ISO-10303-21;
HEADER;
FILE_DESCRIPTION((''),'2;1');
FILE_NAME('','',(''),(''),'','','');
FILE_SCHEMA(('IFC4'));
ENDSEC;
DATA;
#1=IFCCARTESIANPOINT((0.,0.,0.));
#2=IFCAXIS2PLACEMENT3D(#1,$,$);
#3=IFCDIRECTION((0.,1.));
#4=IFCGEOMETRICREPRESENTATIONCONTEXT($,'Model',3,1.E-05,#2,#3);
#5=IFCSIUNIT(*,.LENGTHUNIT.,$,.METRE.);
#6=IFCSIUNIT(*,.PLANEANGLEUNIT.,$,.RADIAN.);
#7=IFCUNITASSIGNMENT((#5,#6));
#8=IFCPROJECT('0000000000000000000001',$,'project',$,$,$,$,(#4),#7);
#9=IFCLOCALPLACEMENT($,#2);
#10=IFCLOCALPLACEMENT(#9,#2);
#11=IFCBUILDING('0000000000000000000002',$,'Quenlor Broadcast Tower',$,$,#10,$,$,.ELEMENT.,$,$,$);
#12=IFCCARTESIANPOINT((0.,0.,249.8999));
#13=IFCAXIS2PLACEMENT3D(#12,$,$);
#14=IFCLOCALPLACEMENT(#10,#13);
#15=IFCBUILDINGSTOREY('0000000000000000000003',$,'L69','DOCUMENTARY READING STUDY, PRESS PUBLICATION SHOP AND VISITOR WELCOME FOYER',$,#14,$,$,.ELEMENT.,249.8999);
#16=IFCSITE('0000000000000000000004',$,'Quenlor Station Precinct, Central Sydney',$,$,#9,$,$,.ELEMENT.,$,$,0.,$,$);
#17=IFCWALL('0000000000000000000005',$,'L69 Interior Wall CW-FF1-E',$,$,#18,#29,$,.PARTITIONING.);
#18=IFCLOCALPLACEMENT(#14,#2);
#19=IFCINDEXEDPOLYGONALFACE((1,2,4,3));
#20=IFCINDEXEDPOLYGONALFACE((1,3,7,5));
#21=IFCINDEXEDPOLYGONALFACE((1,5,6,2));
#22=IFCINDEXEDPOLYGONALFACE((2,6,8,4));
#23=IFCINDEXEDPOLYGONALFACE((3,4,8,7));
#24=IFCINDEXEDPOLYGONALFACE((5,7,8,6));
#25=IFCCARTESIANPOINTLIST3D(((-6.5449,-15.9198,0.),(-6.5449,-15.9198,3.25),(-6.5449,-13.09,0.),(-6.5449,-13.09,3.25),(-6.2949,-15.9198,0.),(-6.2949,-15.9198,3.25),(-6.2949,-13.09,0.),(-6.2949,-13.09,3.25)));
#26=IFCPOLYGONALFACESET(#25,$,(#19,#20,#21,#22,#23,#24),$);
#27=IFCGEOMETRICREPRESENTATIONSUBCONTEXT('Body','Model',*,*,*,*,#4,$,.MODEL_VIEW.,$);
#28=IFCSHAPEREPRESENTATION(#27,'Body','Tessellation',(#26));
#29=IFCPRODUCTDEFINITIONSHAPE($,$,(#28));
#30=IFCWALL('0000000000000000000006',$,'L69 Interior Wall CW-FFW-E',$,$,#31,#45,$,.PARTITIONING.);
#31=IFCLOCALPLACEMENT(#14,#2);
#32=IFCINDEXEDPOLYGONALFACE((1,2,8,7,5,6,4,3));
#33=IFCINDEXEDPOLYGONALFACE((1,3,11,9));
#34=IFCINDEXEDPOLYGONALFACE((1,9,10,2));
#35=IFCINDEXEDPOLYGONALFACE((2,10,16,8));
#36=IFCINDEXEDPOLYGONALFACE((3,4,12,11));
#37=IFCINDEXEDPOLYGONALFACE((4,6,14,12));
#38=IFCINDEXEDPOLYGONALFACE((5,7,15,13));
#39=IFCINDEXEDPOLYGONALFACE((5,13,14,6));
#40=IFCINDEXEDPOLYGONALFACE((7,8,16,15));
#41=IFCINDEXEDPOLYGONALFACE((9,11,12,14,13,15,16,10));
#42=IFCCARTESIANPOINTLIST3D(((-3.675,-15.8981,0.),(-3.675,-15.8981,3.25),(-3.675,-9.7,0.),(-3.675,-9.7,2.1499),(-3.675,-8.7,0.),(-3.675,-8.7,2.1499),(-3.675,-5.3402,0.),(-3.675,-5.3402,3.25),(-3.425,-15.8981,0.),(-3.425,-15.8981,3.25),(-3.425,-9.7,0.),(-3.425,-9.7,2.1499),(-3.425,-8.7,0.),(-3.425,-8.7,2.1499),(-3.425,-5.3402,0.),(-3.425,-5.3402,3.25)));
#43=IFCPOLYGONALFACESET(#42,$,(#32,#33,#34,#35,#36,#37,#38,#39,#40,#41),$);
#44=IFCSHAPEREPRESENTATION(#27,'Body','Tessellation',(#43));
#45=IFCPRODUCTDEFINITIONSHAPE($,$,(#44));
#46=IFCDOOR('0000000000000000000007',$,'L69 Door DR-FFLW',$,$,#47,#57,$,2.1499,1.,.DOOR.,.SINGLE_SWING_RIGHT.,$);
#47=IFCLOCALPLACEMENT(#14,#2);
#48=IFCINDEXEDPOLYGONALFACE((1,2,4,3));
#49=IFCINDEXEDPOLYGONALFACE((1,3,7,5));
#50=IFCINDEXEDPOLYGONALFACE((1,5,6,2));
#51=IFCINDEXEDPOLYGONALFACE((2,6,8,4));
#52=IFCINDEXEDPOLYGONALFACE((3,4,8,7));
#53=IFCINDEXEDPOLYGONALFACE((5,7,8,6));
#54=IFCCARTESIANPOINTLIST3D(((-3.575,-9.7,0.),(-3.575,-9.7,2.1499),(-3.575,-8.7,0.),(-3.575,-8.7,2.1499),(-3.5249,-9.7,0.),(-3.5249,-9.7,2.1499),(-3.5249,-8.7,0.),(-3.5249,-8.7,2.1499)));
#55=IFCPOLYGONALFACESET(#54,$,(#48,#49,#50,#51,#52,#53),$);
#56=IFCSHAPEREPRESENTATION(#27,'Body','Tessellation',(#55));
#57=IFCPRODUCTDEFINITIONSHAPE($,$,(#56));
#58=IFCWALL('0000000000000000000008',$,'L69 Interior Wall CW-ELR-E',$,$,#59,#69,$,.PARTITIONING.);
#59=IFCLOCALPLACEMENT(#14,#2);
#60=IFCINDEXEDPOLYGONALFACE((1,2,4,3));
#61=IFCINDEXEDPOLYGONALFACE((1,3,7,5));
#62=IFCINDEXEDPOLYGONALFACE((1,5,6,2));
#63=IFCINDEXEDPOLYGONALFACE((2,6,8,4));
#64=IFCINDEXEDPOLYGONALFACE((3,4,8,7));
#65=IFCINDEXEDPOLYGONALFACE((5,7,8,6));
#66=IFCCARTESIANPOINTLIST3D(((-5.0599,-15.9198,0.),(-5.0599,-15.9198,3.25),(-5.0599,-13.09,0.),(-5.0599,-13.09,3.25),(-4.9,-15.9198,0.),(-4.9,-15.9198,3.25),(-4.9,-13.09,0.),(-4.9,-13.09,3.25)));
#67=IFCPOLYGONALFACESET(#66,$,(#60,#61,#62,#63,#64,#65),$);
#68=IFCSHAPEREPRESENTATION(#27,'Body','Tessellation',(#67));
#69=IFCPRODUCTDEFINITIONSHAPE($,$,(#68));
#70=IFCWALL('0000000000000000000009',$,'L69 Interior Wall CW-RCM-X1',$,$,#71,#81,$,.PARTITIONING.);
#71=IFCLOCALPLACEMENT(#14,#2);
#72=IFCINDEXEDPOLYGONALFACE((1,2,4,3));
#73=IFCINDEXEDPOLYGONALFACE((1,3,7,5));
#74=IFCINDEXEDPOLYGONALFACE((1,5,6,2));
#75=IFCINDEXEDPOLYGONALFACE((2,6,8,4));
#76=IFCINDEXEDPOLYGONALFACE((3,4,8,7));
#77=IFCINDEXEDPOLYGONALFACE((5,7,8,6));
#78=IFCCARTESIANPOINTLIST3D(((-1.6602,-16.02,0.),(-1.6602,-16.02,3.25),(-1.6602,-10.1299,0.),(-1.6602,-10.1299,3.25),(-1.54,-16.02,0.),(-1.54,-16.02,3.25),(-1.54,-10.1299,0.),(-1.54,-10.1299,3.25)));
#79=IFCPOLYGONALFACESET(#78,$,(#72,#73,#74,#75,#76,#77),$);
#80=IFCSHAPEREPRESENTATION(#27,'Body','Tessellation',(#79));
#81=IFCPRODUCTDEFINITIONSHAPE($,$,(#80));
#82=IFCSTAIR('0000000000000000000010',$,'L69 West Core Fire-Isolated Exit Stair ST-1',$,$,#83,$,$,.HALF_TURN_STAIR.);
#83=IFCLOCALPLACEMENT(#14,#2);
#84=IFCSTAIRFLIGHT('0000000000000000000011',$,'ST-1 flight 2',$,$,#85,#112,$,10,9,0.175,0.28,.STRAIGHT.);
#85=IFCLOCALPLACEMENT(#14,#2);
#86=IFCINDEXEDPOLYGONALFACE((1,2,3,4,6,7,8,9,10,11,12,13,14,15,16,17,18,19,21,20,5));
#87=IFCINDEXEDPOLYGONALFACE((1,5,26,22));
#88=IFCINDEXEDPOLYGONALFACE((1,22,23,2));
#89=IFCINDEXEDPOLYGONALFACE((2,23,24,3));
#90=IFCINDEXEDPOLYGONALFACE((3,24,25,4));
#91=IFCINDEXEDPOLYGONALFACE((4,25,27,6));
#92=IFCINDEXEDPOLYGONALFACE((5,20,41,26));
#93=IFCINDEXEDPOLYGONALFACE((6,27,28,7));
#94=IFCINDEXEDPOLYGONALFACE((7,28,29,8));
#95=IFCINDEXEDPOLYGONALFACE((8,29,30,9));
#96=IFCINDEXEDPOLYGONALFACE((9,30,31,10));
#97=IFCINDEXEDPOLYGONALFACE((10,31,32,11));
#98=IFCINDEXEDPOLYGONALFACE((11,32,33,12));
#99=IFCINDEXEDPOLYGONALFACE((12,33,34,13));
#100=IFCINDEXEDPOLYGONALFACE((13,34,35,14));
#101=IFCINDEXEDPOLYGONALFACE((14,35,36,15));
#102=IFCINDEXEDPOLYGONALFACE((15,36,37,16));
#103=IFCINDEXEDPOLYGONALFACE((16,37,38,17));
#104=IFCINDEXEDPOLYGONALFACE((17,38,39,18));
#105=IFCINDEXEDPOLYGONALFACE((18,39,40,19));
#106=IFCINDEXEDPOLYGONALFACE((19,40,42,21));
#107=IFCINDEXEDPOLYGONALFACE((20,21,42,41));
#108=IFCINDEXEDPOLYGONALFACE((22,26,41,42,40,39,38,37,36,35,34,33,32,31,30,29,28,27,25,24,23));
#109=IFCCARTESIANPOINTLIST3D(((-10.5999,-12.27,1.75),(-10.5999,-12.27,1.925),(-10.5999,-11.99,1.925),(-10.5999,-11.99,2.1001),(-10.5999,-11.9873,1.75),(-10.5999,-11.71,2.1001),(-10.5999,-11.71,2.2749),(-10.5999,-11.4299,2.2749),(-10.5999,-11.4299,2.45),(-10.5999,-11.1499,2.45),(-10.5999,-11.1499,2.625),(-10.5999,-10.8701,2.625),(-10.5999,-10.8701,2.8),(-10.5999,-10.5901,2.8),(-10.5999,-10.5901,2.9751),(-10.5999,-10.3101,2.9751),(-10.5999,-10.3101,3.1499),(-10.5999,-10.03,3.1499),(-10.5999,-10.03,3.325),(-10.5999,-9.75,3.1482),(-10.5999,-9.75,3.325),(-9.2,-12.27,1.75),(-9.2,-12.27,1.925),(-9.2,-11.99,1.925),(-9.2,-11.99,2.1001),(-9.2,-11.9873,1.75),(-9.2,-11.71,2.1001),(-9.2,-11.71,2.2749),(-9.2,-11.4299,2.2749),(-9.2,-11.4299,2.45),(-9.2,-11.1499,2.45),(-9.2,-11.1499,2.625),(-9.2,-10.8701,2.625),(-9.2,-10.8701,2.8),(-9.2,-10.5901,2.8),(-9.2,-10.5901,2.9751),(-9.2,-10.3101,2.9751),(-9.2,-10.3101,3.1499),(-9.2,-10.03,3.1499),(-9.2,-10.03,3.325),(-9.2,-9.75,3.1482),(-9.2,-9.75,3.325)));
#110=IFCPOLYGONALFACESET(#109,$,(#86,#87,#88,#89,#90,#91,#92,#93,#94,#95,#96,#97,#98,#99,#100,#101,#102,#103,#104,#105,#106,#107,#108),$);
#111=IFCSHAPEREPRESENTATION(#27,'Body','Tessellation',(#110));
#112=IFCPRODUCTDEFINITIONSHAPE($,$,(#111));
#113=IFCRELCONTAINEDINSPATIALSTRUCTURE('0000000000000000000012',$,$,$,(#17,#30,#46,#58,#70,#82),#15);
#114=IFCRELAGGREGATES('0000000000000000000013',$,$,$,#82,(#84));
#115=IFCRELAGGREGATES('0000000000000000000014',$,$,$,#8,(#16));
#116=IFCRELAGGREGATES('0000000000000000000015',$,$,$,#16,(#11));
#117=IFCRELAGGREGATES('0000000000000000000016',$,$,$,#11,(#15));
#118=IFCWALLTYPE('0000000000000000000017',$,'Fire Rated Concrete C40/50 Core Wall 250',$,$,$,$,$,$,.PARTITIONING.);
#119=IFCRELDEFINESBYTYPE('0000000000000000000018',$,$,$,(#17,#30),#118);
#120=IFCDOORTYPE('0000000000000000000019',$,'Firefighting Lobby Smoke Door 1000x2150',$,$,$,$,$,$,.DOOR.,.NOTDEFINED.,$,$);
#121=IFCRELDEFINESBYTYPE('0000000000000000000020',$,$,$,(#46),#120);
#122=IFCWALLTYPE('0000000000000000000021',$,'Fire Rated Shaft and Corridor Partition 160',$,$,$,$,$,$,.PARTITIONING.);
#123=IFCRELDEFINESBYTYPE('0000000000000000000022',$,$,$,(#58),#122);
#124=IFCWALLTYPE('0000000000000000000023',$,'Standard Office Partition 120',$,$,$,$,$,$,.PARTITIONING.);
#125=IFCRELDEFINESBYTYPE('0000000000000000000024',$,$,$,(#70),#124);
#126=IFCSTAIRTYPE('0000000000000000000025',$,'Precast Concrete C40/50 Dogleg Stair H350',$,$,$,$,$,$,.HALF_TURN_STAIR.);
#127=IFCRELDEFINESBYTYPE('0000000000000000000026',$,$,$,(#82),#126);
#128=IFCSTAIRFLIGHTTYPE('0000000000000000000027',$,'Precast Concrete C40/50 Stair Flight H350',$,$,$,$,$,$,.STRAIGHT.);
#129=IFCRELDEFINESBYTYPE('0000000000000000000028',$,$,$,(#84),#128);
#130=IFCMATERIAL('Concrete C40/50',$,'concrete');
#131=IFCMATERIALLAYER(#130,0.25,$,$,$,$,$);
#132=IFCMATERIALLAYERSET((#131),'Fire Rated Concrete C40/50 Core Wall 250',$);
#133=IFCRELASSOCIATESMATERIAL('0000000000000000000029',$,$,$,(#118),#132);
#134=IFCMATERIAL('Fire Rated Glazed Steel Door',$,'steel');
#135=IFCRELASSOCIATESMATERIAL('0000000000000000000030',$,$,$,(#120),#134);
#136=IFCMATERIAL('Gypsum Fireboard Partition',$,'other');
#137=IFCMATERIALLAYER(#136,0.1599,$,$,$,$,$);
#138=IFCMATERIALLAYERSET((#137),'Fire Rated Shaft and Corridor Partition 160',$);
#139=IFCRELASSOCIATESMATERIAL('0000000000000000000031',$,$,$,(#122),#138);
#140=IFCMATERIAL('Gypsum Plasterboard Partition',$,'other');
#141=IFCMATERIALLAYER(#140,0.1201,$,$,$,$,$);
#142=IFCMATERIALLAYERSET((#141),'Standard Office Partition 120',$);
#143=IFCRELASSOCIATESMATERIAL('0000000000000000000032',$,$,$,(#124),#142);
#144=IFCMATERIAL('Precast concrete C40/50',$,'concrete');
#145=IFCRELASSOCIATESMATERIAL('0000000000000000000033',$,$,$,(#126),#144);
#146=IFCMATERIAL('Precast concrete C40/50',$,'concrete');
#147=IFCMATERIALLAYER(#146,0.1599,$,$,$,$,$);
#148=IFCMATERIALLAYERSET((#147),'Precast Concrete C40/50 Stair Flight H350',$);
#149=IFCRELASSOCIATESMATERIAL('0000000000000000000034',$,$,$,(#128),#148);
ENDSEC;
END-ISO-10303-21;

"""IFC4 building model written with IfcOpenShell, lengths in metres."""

from ifc_helpers import new_model, si_unit, direction, frame, frame_2d, origin, place, context, subcontext, project, spatial, polyline, rectangle, outline, extrude, material, layer, layer_set, type_object, element, fill, aggregate, save


model = new_model("IFC4")

# Units and contexts
model_context = context("Model", 3, precision=1e-05, world=origin(), true_north=direction((0.0, 1.0)))
body_context = subcontext(model_context, "Body", "Model", "MODEL_VIEW")
ifc_project = project(units=[si_unit("LENGTHUNIT", "METRE"), si_unit("PLANEANGLEUNIT", "RADIAN")], contexts=[model_context])

# Site, building, storey
site_placement = place(None, origin())
site = spatial("IfcSite", under=ifc_project, at=site_placement, Name="Quenlor Station Precinct, Central Sydney", CompositionType="ELEMENT", RefElevation=0.0)
building_placement = place(site_placement, origin())
building = spatial("IfcBuilding", under=site, at=building_placement, Name="Quenlor Broadcast Tower", CompositionType="ELEMENT")
storey_placement = place(building_placement, frame((0.0, 0.0, 249.8999)))
storey = spatial("IfcBuildingStorey", under=building, at=storey_placement, Name="L69", Description="DOCUMENTARY READING STUDY, PRESS PUBLICATION SHOP AND VISITOR WELCOME FOYER", CompositionType="ELEMENT", Elevation=249.8999)

# Shared definitions
ifc_material_1 = material(Name="Concrete C40/50", Category="concrete")
ifc_layer_1 = layer(ifc_material_1, 0.25)
ifc_layer_set_1 = layer_set([ifc_layer_1], Name="Fire Rated Concrete C40/50 Core Wall 250")
wall_type_1 = type_object("IfcWallType", Name="Fire Rated Concrete C40/50 Core Wall 250", PredefinedType="PARTITIONING", material=ifc_layer_set_1)

# Wall
wall_1_placement = place(storey_placement, frame((-6.4199, -15.9199, 0.0), z_axis=(0.0, 0.0, 1.0), x_axis=(0.0, 1.0, 0.0)))
element("IfcWall", 1, at=wall_1_placement, inside=storey, type_object=wall_type_1, Name="L69 Interior Wall CW-FF1-E", PredefinedType="PARTITIONING", context=body_context, shape_type="SweptSolid", body=[
    extrude(rectangle(XDim=2.8298, YDim=0.25, at=frame_2d((1.415, 0.0))), origin(), (0.0, 0.0, 1.0), 3.25),
])

# Wall, opening, door
wall_2_placement = place(storey_placement, frame((-3.55, -15.8979, 0.0), z_axis=(0.0, 0.0, 1.0), x_axis=(0.0, 1.0, 0.0)))
wall_2 = element("IfcWall", 2, at=wall_2_placement, inside=storey, type_object=wall_type_1, Name="L69 Interior Wall CW-FFW-E", PredefinedType="PARTITIONING", context=body_context, shape_type="SweptSolid", body=[
    extrude(rectangle(XDim=10.5579, YDim=0.25, at=frame_2d((5.2788, 0.0))), origin(), (0.0, 0.0, 1.0), 3.25),
])
opening_1_placement = place(wall_2_placement, frame((6.198, 0.0, 0.0)))
opening_1 = element("IfcOpeningElement", 3, at=opening_1_placement, cuts=wall_2, PredefinedType="OPENING", context=body_context, shape_type="SweptSolid", body=[
    extrude(rectangle(XDim=1.0, YDim=2.1499, at=frame_2d((0.5, 1.075))), frame((0.0, 0.135, 0.0), z_axis=(0.0, -1.0, 0.0), x_axis=(1.0, 0.0, 0.0)), (0.0, 0.0, 1.0), 0.27),
])
ifc_material_2 = material(Name="Fire Rated Glazed Steel Door", Category="steel")
door_type_1 = type_object("IfcDoorType", Name="Firefighting Lobby Smoke Door 1000x2150", OperationType="NOTDEFINED", PredefinedType="DOOR", material=ifc_material_2)
door_1_placement = place(opening_1_placement, origin())
door_1 = element("IfcDoor", 4, at=door_1_placement, inside=storey, type_object=door_type_1, Name="L69 Door DR-FFLW", OperationType="SINGLE_SWING_RIGHT", OverallHeight=2.1499, OverallWidth=1.0, PredefinedType="DOOR", context=body_context, shape_type="SweptSolid", body=[
    extrude(rectangle(XDim=1.0, YDim=2.1499, at=frame_2d((0.5, 1.075))), frame((0.0, 0.0249, 0.0), z_axis=(0.0, -1.0, 0.0), x_axis=(1.0, 0.0, 0.0)), (0.0, 0.0, 1.0), 0.05),
])
fill(opening_1, door_1)

# Wall
ifc_material_3 = material(Name="Gypsum Fireboard Partition", Category="other")
ifc_layer_2 = layer(ifc_material_3, 0.1599)
ifc_layer_set_2 = layer_set([ifc_layer_2], Name="Fire Rated Shaft and Corridor Partition 160")
wall_type_2 = type_object("IfcWallType", Name="Fire Rated Shaft and Corridor Partition 160", PredefinedType="PARTITIONING", material=ifc_layer_set_2)
wall_3_placement = place(storey_placement, frame((-4.98, -15.9199, 0.0), z_axis=(0.0, 0.0, 1.0), x_axis=(0.0, 1.0, 0.0)))
element("IfcWall", 5, at=wall_3_placement, inside=storey, type_object=wall_type_2, Name="L69 Interior Wall CW-ELR-E", PredefinedType="PARTITIONING", context=body_context, shape_type="SweptSolid", body=[
    extrude(rectangle(XDim=2.8298, YDim=0.1599, at=frame_2d((1.415, 0.0))), origin(), (0.0, 0.0, 1.0), 3.25),
])

# Shared definitions
ifc_material_4 = material(Name="Gypsum Plasterboard Partition", Category="other")
ifc_layer_3 = layer(ifc_material_4, 0.1201)
ifc_layer_set_3 = layer_set([ifc_layer_3], Name="Standard Office Partition 120")
wall_type_3 = type_object("IfcWallType", Name="Standard Office Partition 120", PredefinedType="PARTITIONING", material=ifc_layer_set_3)

# Wall
wall_4_placement = place(storey_placement, frame((-1.6001, -16.02, 0.0), z_axis=(0.0, 0.0, 1.0), x_axis=(0.0, 1.0, 0.0)))
element("IfcWall", 6, at=wall_4_placement, inside=storey, type_object=wall_type_3, Name="L69 Interior Wall CW-RCM-X1", PredefinedType="PARTITIONING", context=body_context, shape_type="SweptSolid", body=[
    extrude(rectangle(XDim=5.8901, YDim=0.1201, at=frame_2d((2.9451, 0.0))), origin(), (0.0, 0.0, 1.0), 3.25),
])

# Stair, stair flight
ifc_material_5 = material(Name="Precast concrete C40/50", Category="concrete")
stair_type = type_object("IfcStairType", Name="Precast Concrete C40/50 Dogleg Stair H350", PredefinedType="HALF_TURN_STAIR", material=ifc_material_5)
stair_placement = place(storey_placement, origin())
stair = element("IfcStair", 7, at=stair_placement, inside=storey, type_object=stair_type, Name="L69 West Core Fire-Isolated Exit Stair ST-1", PredefinedType="HALF_TURN_STAIR")
ifc_material_6 = material(Name="Precast concrete C40/50", Category="concrete")
ifc_layer_4 = layer(ifc_material_6, 0.1599)
ifc_layer_set_4 = layer_set([ifc_layer_4], Name="Precast Concrete C40/50 Stair Flight H350")
stair_flight_type = type_object("IfcStairFlightType", Name="Precast Concrete C40/50 Stair Flight H350", PredefinedType="STRAIGHT", material=ifc_layer_set_4)
stair_flight_placement = place(storey_placement, frame((-9.8999, -12.27, 1.75), z_axis=(0.0, 0.0, 1.0), x_axis=(0.0, 1.0, 0.0)))
stair_flight = element("IfcStairFlight", 8, at=stair_flight_placement, type_object=stair_flight_type, Name="ST-1 flight 2", NumberOfRisers=10, NumberOfTreads=9, PredefinedType="STRAIGHT", RiserHeight=0.175, TreadLength=0.28, context=body_context, shape_type="SweptSolid", body=[
    extrude(outline(polyline([(0.0, 0.0), (0.0, 0.175), (0.28, 0.175), (0.28, 0.3501), (0.5601, 0.3501), (0.5601, 0.5249), (0.8401, 0.5249), (0.8401, 0.7), (1.1201, 0.7), (1.1201, 0.875), (1.3999, 0.875), (1.3999, 1.05), (1.6799, 1.05), (1.6799, 1.2251), (1.96, 1.2251), (1.96, 1.3999), (2.24, 1.3999), (2.24, 1.575), (2.52, 1.575), (2.52, 1.75), (2.52, 1.3982), (0.2827, 0.0), (0.0, 0.0)])), frame((0.0, 0.7, 0.0), z_axis=(0.0, -1.0, 0.0), x_axis=(1.0, 0.0, 0.0)), (0.0, 0.0, 1.0), 1.3999),
])
aggregate(stair, [stair_flight])

save(model, "model.ifc")
